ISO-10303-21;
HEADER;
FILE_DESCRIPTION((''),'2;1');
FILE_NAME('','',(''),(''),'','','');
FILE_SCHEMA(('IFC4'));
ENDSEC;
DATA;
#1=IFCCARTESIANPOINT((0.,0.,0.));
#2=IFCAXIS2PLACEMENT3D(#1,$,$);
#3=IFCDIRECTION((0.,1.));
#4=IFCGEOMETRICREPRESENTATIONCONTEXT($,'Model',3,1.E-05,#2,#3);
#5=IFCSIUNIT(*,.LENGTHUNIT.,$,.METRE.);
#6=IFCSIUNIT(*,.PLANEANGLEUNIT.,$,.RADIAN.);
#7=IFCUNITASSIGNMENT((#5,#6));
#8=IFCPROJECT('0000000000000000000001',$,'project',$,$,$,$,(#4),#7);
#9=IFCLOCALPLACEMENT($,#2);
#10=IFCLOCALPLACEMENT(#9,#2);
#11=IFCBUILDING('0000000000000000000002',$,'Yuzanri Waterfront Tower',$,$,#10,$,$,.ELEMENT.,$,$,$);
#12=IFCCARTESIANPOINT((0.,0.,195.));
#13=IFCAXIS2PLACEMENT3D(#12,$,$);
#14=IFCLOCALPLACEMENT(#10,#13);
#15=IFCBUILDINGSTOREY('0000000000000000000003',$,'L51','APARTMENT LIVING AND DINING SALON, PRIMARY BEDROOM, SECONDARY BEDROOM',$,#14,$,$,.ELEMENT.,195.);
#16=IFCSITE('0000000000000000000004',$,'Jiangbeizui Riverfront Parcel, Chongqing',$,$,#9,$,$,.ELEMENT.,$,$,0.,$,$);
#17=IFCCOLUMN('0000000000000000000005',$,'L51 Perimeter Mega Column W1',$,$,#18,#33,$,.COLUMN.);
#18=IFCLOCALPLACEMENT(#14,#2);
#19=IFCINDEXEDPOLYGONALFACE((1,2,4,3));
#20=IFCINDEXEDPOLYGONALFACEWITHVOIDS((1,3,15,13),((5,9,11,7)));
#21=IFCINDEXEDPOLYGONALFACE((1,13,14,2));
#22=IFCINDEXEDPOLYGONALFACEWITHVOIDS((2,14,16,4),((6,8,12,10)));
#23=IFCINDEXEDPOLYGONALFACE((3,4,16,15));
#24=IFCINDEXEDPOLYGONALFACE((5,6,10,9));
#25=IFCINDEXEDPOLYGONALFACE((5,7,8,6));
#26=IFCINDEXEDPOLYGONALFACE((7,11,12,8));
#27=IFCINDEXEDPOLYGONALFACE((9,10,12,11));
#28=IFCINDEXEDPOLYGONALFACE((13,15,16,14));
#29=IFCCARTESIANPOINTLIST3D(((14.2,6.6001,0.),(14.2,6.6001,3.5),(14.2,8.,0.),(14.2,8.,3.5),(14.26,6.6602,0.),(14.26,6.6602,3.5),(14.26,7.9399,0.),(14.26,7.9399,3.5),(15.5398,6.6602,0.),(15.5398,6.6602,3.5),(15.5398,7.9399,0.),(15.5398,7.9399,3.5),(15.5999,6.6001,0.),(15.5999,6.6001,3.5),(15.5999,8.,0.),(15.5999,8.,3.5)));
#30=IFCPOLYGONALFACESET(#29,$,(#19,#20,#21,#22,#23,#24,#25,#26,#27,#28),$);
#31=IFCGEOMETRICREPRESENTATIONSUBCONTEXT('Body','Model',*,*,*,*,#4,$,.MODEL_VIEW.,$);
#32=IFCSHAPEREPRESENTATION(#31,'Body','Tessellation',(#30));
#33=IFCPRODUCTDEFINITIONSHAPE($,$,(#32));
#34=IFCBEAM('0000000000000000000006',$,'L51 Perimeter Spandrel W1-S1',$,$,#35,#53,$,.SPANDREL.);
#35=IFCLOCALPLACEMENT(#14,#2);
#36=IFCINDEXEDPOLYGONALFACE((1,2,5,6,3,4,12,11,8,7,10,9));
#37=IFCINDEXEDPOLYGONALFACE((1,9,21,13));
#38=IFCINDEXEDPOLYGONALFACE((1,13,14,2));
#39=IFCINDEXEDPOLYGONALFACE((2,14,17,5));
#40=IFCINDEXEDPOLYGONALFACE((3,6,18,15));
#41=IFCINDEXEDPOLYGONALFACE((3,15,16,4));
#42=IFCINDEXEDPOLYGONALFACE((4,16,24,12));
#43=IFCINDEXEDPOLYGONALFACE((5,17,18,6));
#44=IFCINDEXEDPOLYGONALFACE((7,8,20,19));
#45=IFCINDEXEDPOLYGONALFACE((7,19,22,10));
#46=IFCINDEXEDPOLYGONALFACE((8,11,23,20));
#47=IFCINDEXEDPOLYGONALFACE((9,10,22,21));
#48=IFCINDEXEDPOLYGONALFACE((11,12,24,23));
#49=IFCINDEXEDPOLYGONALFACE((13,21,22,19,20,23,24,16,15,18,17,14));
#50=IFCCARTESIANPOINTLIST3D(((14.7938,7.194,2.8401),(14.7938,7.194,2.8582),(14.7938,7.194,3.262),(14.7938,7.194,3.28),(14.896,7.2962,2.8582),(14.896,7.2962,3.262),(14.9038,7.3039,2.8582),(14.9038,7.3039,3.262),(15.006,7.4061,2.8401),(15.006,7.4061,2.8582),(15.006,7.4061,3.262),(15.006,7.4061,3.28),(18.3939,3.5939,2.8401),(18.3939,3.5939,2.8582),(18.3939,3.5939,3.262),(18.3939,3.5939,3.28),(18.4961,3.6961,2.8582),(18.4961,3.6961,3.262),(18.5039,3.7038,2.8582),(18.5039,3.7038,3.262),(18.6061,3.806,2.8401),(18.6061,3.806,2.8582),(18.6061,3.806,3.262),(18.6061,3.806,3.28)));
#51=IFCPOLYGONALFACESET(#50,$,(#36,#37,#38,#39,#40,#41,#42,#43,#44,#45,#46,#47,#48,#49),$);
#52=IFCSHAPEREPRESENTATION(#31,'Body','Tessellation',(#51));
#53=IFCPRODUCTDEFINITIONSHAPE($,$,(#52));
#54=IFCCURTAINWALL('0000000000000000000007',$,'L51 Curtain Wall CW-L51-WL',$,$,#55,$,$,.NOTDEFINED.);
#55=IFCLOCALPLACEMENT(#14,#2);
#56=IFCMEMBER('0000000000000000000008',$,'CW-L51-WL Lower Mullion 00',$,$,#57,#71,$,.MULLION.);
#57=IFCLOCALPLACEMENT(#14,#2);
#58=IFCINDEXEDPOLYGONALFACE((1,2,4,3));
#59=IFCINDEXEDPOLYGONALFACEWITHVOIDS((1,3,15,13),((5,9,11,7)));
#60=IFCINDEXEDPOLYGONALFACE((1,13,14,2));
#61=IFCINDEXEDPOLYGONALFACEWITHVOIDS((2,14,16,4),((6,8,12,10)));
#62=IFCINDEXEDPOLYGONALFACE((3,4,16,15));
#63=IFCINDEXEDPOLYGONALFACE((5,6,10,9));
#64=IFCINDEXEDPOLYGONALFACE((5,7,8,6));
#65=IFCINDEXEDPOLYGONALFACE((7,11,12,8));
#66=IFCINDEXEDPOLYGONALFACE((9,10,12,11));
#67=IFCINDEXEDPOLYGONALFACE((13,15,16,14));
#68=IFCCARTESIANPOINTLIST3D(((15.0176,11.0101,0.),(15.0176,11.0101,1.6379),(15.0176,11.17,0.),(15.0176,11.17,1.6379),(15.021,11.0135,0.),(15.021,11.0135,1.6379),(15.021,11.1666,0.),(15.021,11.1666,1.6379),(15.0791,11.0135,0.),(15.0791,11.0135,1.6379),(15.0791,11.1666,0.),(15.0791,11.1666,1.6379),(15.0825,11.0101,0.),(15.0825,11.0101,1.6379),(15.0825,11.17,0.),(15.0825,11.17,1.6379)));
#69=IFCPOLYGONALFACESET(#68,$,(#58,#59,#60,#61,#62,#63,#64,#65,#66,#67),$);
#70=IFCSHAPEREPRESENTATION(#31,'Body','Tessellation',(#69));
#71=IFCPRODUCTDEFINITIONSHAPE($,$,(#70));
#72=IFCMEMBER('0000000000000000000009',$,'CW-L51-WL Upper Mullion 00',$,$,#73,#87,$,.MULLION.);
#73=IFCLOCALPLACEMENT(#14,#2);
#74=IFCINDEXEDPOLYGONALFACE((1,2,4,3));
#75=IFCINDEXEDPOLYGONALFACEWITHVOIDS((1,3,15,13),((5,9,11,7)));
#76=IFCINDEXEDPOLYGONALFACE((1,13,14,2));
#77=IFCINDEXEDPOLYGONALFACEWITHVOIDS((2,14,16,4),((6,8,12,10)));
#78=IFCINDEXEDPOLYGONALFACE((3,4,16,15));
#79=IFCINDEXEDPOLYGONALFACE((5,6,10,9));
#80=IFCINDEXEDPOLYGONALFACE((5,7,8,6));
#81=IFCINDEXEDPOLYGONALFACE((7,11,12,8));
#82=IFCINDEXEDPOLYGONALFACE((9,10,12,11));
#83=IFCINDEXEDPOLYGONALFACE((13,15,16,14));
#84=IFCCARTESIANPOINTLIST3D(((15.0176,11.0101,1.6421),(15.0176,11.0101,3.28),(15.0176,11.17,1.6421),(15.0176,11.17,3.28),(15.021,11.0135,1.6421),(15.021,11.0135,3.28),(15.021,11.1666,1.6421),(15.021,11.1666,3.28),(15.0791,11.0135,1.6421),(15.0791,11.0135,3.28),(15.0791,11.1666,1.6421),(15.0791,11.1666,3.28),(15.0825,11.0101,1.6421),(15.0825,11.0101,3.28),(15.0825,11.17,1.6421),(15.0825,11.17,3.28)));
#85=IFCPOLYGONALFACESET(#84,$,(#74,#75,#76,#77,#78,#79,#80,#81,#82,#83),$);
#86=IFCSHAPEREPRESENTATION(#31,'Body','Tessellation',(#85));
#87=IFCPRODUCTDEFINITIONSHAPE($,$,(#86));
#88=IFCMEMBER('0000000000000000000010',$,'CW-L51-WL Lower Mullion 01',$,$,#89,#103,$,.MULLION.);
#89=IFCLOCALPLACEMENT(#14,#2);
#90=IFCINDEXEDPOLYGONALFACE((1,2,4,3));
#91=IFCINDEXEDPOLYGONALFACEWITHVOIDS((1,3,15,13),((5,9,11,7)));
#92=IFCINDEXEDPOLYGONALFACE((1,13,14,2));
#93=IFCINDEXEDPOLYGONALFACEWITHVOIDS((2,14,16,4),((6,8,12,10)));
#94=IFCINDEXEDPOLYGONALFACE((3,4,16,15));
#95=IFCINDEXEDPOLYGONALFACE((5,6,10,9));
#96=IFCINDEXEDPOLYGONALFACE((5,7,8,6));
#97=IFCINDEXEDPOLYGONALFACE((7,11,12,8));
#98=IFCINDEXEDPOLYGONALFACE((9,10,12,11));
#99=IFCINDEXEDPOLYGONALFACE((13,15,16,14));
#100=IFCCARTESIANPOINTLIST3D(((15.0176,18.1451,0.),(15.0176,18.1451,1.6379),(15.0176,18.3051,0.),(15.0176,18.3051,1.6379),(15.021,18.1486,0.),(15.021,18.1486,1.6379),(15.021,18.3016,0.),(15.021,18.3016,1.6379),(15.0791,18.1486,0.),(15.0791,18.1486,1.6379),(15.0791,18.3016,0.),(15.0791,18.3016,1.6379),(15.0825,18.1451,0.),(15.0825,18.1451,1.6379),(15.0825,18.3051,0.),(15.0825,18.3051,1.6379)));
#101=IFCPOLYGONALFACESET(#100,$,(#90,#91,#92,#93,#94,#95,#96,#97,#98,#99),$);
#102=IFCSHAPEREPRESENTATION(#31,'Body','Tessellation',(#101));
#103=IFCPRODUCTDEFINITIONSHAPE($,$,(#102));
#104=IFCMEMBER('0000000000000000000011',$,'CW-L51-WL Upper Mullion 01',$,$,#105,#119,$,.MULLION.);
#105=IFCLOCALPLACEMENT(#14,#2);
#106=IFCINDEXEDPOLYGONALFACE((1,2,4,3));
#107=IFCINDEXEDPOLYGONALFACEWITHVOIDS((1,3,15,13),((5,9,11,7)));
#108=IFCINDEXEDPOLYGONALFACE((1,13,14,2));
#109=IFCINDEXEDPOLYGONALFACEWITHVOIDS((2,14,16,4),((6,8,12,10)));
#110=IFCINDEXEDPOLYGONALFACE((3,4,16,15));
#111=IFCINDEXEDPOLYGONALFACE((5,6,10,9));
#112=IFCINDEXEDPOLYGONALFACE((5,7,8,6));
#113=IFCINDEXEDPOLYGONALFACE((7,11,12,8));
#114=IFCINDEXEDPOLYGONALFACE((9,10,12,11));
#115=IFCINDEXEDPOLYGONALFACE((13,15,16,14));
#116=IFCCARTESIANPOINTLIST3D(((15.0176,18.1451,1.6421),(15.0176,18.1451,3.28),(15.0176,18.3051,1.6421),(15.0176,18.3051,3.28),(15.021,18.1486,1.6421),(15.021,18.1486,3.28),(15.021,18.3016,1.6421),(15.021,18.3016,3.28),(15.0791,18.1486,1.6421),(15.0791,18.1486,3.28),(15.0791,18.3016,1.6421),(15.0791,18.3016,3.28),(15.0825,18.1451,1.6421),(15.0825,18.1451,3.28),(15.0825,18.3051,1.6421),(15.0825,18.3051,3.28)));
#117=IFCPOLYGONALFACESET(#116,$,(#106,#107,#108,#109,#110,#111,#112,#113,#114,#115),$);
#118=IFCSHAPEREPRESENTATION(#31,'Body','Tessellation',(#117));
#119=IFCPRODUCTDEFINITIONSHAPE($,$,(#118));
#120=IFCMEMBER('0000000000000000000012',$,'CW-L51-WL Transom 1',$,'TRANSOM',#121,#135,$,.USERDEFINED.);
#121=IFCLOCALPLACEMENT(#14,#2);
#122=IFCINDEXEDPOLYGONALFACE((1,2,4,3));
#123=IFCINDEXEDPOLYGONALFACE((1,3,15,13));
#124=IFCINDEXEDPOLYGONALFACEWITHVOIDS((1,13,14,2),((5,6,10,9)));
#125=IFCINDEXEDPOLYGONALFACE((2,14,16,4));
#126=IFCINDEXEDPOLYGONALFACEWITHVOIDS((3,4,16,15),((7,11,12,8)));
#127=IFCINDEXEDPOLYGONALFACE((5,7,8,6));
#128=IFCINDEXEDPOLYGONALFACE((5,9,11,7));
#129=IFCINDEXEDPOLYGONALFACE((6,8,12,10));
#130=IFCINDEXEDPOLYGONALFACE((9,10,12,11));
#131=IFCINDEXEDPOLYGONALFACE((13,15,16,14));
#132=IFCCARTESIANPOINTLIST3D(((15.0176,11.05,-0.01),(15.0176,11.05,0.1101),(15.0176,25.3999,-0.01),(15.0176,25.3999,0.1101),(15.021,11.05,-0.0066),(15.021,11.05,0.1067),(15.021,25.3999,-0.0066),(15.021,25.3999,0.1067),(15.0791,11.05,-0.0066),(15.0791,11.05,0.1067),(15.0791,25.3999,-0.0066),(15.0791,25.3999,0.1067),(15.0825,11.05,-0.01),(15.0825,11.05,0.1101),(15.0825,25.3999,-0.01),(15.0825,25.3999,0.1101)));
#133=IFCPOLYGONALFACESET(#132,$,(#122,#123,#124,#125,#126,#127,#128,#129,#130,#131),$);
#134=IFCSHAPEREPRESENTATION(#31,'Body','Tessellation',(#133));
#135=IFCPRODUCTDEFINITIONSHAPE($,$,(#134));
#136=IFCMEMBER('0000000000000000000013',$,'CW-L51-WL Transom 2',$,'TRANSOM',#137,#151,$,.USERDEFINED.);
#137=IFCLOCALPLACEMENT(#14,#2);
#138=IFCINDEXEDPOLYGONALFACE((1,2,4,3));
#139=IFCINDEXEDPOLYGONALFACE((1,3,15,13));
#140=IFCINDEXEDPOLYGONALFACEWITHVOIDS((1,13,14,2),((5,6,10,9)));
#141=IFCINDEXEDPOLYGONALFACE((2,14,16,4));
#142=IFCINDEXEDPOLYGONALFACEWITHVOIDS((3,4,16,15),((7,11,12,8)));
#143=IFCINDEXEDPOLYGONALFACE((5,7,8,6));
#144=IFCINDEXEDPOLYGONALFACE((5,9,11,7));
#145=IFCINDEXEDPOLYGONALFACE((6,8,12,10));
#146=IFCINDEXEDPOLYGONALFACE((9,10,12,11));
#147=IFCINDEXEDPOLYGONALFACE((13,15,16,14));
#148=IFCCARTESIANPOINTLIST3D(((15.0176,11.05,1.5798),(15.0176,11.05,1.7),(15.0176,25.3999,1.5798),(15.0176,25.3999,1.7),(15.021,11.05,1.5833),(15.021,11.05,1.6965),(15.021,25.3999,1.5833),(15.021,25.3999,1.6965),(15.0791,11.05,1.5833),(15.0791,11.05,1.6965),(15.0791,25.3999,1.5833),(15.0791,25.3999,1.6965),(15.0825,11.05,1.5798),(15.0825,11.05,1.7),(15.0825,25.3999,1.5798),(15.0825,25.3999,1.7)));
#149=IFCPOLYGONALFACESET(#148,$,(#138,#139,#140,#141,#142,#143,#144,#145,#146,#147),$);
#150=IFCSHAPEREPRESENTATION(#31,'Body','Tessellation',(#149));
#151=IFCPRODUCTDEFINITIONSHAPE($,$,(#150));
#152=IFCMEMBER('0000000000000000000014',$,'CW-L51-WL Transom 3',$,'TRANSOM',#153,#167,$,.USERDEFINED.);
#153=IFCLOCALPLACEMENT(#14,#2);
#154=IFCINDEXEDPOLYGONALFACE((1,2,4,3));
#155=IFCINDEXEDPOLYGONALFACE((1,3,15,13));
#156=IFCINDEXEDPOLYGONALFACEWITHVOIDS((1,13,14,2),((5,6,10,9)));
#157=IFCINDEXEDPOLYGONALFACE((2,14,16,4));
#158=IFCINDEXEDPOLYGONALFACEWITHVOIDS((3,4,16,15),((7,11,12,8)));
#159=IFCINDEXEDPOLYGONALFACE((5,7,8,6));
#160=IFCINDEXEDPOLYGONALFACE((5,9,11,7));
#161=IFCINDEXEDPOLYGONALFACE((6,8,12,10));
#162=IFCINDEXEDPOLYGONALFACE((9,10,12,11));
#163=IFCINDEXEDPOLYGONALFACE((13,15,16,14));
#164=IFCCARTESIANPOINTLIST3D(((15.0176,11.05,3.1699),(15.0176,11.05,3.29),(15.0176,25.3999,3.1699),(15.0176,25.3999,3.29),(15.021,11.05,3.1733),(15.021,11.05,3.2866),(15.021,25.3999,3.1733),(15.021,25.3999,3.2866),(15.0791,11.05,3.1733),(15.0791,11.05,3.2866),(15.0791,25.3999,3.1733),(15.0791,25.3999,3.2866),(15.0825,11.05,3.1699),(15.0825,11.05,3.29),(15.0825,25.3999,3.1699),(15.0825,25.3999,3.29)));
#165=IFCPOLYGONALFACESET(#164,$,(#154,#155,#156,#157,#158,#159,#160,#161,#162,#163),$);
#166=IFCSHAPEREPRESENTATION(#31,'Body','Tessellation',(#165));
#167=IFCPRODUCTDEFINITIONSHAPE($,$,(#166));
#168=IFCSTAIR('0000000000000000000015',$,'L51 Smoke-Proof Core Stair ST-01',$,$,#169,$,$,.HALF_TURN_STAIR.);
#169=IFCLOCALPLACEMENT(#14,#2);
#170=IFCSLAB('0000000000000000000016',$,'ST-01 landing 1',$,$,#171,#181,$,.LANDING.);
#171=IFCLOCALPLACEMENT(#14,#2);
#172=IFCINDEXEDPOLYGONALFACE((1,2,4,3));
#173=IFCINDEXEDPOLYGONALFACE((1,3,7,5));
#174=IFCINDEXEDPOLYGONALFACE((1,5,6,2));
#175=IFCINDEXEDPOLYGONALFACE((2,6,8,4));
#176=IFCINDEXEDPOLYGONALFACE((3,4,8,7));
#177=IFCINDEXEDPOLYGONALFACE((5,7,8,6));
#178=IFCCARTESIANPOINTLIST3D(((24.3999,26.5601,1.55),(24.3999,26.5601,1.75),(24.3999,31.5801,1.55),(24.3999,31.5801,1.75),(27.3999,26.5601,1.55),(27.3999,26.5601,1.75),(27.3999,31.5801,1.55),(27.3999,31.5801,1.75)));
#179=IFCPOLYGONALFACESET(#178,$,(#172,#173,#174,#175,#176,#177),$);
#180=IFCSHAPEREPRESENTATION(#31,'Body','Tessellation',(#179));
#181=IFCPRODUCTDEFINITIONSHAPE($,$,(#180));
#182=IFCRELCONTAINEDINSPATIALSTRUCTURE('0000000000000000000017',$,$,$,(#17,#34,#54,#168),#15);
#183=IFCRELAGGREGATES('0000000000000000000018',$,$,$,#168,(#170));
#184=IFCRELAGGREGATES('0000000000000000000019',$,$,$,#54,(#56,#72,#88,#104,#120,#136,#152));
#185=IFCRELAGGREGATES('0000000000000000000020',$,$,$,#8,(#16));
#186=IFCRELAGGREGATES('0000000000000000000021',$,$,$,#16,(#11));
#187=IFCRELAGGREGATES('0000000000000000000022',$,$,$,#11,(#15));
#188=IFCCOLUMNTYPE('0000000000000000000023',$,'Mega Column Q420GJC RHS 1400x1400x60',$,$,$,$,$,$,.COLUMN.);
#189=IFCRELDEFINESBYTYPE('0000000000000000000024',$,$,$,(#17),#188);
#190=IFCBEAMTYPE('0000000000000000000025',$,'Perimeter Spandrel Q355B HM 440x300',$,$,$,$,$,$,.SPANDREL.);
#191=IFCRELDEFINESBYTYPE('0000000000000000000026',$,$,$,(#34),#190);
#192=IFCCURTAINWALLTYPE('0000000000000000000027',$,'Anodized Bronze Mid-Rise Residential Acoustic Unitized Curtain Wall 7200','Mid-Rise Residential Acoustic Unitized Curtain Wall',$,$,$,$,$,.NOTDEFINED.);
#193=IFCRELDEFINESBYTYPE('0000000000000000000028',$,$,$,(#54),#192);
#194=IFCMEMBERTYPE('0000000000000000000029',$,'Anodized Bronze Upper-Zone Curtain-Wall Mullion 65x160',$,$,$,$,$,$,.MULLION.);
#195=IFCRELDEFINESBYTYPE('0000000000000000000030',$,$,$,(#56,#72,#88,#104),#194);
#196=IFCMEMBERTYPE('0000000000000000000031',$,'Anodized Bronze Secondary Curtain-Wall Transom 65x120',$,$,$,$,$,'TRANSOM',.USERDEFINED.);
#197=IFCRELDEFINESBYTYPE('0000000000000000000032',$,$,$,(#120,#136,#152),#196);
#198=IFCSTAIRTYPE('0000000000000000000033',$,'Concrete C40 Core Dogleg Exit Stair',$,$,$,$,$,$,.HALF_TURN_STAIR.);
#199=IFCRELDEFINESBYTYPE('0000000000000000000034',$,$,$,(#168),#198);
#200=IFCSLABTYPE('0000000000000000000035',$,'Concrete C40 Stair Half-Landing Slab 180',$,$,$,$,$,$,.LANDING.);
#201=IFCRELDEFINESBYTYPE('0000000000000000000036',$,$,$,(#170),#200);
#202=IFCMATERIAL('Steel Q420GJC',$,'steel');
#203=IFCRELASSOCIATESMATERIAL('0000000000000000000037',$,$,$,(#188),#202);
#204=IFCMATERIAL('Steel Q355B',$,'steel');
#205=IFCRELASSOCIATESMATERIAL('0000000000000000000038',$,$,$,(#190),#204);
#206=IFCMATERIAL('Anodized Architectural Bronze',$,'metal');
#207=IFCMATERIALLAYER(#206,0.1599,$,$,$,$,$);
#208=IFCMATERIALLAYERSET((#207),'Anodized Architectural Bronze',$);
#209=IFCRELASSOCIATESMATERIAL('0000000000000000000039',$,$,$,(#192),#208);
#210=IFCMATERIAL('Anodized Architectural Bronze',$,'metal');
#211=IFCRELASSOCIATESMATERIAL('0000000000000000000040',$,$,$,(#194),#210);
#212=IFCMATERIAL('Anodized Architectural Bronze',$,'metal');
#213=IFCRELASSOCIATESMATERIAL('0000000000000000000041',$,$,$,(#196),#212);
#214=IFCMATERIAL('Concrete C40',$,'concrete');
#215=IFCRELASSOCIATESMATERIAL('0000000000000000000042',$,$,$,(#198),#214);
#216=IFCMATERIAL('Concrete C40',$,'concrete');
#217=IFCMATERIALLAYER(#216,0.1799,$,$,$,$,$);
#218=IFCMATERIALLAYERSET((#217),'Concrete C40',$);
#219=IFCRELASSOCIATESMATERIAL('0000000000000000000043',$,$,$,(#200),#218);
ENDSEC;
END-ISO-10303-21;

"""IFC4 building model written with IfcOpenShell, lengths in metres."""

from ifc_helpers import new_model, si_unit, direction, frame, origin, origin_2d, place, context, subcontext, project, spatial, polyline, hollow_rectangle, i_section, outline, extrude, source, transform, mapped, material, layer, layer_set, material_profile, profile_set, type_object, element, aggregate, save


model = new_model("IFC4")

# Units and contexts
model_context = context("Model", 3, precision=1e-05, world=origin(), true_north=direction((0.0, 1.0)))
body_context = subcontext(model_context, "Body", "Model", "MODEL_VIEW")
ifc_project = project(units=[si_unit("LENGTHUNIT", "METRE"), si_unit("PLANEANGLEUNIT", "RADIAN")], contexts=[model_context])

# Site, building, storey
site_placement = place(None, origin())
site = spatial("IfcSite", under=ifc_project, at=site_placement, Name="Jiangbeizui Riverfront Parcel, Chongqing", CompositionType="ELEMENT", RefElevation=0.0)
building_placement = place(site_placement, origin())
building = spatial("IfcBuilding", under=site, at=building_placement, Name="Yuzanri Waterfront Tower", CompositionType="ELEMENT")
storey_placement = place(building_placement, frame((0.0, 0.0, 195.0)))
storey = spatial("IfcBuildingStorey", under=building, at=storey_placement, Name="L51", Description="APARTMENT LIVING AND DINING SALON, PRIMARY BEDROOM, SECONDARY BEDROOM", CompositionType="ELEMENT", Elevation=195.0)

# Column
ifc_material_1 = material(Name="Steel Q420GJC", Category="steel")
ifc_material_profile_1 = material_profile(ifc_material_1, hollow_rectangle(XDim=1.3999, YDim=1.3999, WallThickness=0.0601, at=origin_2d()), Name="RHS 1400x1400x60")
ifc_profile_set_1 = profile_set([ifc_material_profile_1], Name="Steel Q420GJC")
column_type = type_object("IfcColumnType", Name="Mega Column Q420GJC RHS 1400x1400x60", PredefinedType="COLUMN", material=ifc_profile_set_1)
shared_shape_1 = source(origin(), body_context, "Body", "SweptSolid", [
    extrude(hollow_rectangle(XDim=1.3999, YDim=1.3999, WallThickness=0.0601, at=origin_2d()), origin(), (0.0, 0.0, 1.0), 3.5),
])
column_placement = place(storey_placement, frame((14.8999, 7.3, 0.0), z_axis=(0.0, 0.0, 1.0), x_axis=(1.0, 0.0, 0.0)))
element("IfcColumn", 1, at=column_placement, inside=storey, type_object=column_type, Name="L51 Perimeter Mega Column W1", PredefinedType="COLUMN", context=body_context, shape_type="MappedRepresentation", body=[
    mapped(shared_shape_1, transform((0.0, 0.0, 0.0), scale=1.0)),
])

# Beam
ifc_material_2 = material(Name="Steel Q355B", Category="steel")
ifc_material_profile_2 = material_profile(ifc_material_2, i_section(OverallWidth=0.3, OverallDepth=0.4399, WebThickness=0.011, FlangeThickness=0.0181, at=origin_2d()), Name="HM 440x300x11x18")
ifc_profile_set_2 = profile_set([ifc_material_profile_2], Name="Steel Q355B")
beam_type = type_object("IfcBeamType", Name="Perimeter Spandrel Q355B HM 440x300", PredefinedType="SPANDREL", material=ifc_profile_set_2)
shared_shape_2 = source(origin(), body_context, "Body", "SweptSolid", [
    extrude(i_section(OverallWidth=0.3, OverallDepth=0.4399, WebThickness=0.011, FlangeThickness=0.0181, at=origin_2d()), origin(), (0.0, 0.0, 1.0), 5.0913),
])
beam_placement = place(storey_placement, frame((14.8999, 7.3, 3.0601), z_axis=(0.707107, -0.707107, 0.0), x_axis=(0.707107, 0.707107, 0.0)))
element("IfcBeam", 2, at=beam_placement, inside=storey, type_object=beam_type, Name="L51 Perimeter Spandrel W1-S1", PredefinedType="SPANDREL", context=body_context, shape_type="MappedRepresentation", body=[
    mapped(shared_shape_2, transform((0.0, 0.0, 0.0), scale=1.0)),
])

# Curtain wall, members
ifc_material_3 = material(Name="Anodized Architectural Bronze", Category="metal")
ifc_layer_1 = layer(ifc_material_3, 0.1599)
ifc_layer_set_1 = layer_set([ifc_layer_1], Name="Anodized Architectural Bronze")
curtain_wall_type = type_object("IfcCurtainWallType", Name="Anodized Bronze Mid-Rise Residential Acoustic Unitized Curtain Wall 7200", Description="Mid-Rise Residential Acoustic Unitized Curtain Wall", PredefinedType="NOTDEFINED", material=ifc_layer_set_1)
curtain_wall_placement = place(storey_placement, origin())
curtain_wall = element("IfcCurtainWall", 3, at=curtain_wall_placement, inside=storey, type_object=curtain_wall_type, Name="L51 Curtain Wall CW-L51-WL", PredefinedType="NOTDEFINED")
ifc_material_4 = material(Name="Anodized Architectural Bronze", Category="metal")
ifc_material_profile_3 = material_profile(ifc_material_4, hollow_rectangle(XDim=0.0649, YDim=0.1599, WallThickness=0.0034, at=origin_2d()), Name="CWM 65x160")
ifc_profile_set_3 = profile_set([ifc_material_profile_3], Name="Anodized Architectural Bronze")
member_type_1 = type_object("IfcMemberType", Name="Anodized Bronze Upper-Zone Curtain-Wall Mullion 65x160", PredefinedType="MULLION", material=ifc_profile_set_3)
shared_shape_3 = source(origin(), body_context, "Body", "SweptSolid", [
    extrude(hollow_rectangle(XDim=0.0649, YDim=0.1599, WallThickness=0.0034, at=origin_2d()), origin(), (0.0, 0.0, 1.0), 1.6379),
])
member_1_placement = place(storey_placement, frame((15.05, 11.0901, 0.0), z_axis=(0.0, 0.0, 1.0), x_axis=(1.0, 0.0, 0.0)))
member_1 = element("IfcMember", 4, at=member_1_placement, type_object=member_type_1, Name="CW-L51-WL Lower Mullion 00", PredefinedType="MULLION", context=body_context, shape_type="MappedRepresentation", body=[
    mapped(shared_shape_3, transform((0.0, 0.0, 0.0), scale=1.0)),
])
member_2_placement = place(storey_placement, frame((15.05, 11.0901, 1.6421), z_axis=(0.0, 0.0, 1.0), x_axis=(1.0, 0.0, 0.0)))
member_2 = element("IfcMember", 5, at=member_2_placement, type_object=member_type_1, Name="CW-L51-WL Upper Mullion 00", PredefinedType="MULLION", context=body_context, shape_type="MappedRepresentation", body=[
    mapped(shared_shape_3, transform((0.0, 0.0, 0.0), scale=1.0)),
])
member_3_placement = place(storey_placement, frame((15.05, 18.2251, 0.0), z_axis=(0.0, 0.0, 1.0), x_axis=(1.0, 0.0, 0.0)))
member_3 = element("IfcMember", 6, at=member_3_placement, type_object=member_type_1, Name="CW-L51-WL Lower Mullion 01", PredefinedType="MULLION", context=body_context, shape_type="MappedRepresentation", body=[
    mapped(shared_shape_3, transform((0.0, 0.0, 0.0), scale=1.0)),
])
member_4_placement = place(storey_placement, frame((15.05, 18.2251, 1.6421), z_axis=(0.0, 0.0, 1.0), x_axis=(1.0, 0.0, 0.0)))
member_4 = element("IfcMember", 7, at=member_4_placement, type_object=member_type_1, Name="CW-L51-WL Upper Mullion 01", PredefinedType="MULLION", context=body_context, shape_type="MappedRepresentation", body=[
    mapped(shared_shape_3, transform((0.0, 0.0, 0.0), scale=1.0)),
])
ifc_material_5 = material(Name="Anodized Architectural Bronze", Category="metal")
ifc_material_profile_4 = material_profile(ifc_material_5, hollow_rectangle(XDim=0.0649, YDim=0.1201, WallThickness=0.0034, at=origin_2d()), Name="CWT 65x120")
ifc_profile_set_4 = profile_set([ifc_material_profile_4], Name="Anodized Architectural Bronze")
member_type_2 = type_object("IfcMemberType", Name="Anodized Bronze Secondary Curtain-Wall Transom 65x120", ElementType="TRANSOM", PredefinedType="USERDEFINED", material=ifc_profile_set_4)
shared_shape_4 = source(origin(), body_context, "Body", "SweptSolid", [
    extrude(hollow_rectangle(XDim=0.0649, YDim=0.1201, WallThickness=0.0034, at=origin_2d()), origin(), (0.0, 0.0, 1.0), 14.3499),
])
member_5_placement = place(storey_placement, frame((15.05, 11.05, 0.05), z_axis=(0.0, 1.0, 0.0), x_axis=(-1.0, 0.0, 0.0)))
member_5 = element("IfcMember", 8, at=member_5_placement, type_object=member_type_2, Name="CW-L51-WL Transom 1", ObjectType="TRANSOM", PredefinedType="USERDEFINED", context=body_context, shape_type="MappedRepresentation", body=[
    mapped(shared_shape_4, transform((0.0, 0.0, 0.0), scale=1.0)),
])
member_6_placement = place(storey_placement, frame((15.05, 11.05, 1.6399), z_axis=(0.0, 1.0, 0.0), x_axis=(-1.0, 0.0, 0.0)))
member_6 = element("IfcMember", 9, at=member_6_placement, type_object=member_type_2, Name="CW-L51-WL Transom 2", ObjectType="TRANSOM", PredefinedType="USERDEFINED", context=body_context, shape_type="MappedRepresentation", body=[
    mapped(shared_shape_4, transform((0.0, 0.0, 0.0), scale=1.0)),
])
member_7_placement = place(storey_placement, frame((15.05, 11.05, 3.23), z_axis=(0.0, 1.0, 0.0), x_axis=(-1.0, 0.0, 0.0)))
member_7 = element("IfcMember", 10, at=member_7_placement, type_object=member_type_2, Name="CW-L51-WL Transom 3", ObjectType="TRANSOM", PredefinedType="USERDEFINED", context=body_context, shape_type="MappedRepresentation", body=[
    mapped(shared_shape_4, transform((0.0, 0.0, 0.0), scale=1.0)),
])

# Stair, slab
ifc_material_6 = material(Name="Concrete C40", Category="concrete")
stair_type = type_object("IfcStairType", Name="Concrete C40 Core Dogleg Exit Stair", PredefinedType="HALF_TURN_STAIR", material=ifc_material_6)
stair_1_placement = place(storey_placement, origin())
stair_1 = element("IfcStair", 11, at=stair_1_placement, inside=storey, type_object=stair_type, Name="L51 Smoke-Proof Core Stair ST-01", PredefinedType="HALF_TURN_STAIR")
ifc_material_7 = material(Name="Concrete C40", Category="concrete")
ifc_layer_2 = layer(ifc_material_7, 0.1799)
ifc_layer_set_2 = layer_set([ifc_layer_2], Name="Concrete C40")
slab_type_1 = type_object("IfcSlabType", Name="Concrete C40 Stair Half-Landing Slab 180", PredefinedType="LANDING", material=ifc_layer_set_2)
slab_1_placement = place(storey_placement, frame((0.0, 0.0, 1.55)))
slab_1 = element("IfcSlab", 12, at=slab_1_placement, type_object=slab_type_1, Name="ST-01 landing 1", PredefinedType="LANDING", context=body_context, shape_type="SweptSolid", body=[
    extrude(outline(polyline([(27.3999, 26.5601), (27.3999, 31.5801), (24.3999, 31.5801), (24.3999, 26.5601), (27.3999, 26.5601)])), origin(), (0.0, 0.0, 1.0), 0.2),
])
aggregate(stair_1, [slab_1])

aggregate(curtain_wall, [member_1, member_2, member_3, member_4, member_5, member_6, member_7])

save(model, "model.ifc")
